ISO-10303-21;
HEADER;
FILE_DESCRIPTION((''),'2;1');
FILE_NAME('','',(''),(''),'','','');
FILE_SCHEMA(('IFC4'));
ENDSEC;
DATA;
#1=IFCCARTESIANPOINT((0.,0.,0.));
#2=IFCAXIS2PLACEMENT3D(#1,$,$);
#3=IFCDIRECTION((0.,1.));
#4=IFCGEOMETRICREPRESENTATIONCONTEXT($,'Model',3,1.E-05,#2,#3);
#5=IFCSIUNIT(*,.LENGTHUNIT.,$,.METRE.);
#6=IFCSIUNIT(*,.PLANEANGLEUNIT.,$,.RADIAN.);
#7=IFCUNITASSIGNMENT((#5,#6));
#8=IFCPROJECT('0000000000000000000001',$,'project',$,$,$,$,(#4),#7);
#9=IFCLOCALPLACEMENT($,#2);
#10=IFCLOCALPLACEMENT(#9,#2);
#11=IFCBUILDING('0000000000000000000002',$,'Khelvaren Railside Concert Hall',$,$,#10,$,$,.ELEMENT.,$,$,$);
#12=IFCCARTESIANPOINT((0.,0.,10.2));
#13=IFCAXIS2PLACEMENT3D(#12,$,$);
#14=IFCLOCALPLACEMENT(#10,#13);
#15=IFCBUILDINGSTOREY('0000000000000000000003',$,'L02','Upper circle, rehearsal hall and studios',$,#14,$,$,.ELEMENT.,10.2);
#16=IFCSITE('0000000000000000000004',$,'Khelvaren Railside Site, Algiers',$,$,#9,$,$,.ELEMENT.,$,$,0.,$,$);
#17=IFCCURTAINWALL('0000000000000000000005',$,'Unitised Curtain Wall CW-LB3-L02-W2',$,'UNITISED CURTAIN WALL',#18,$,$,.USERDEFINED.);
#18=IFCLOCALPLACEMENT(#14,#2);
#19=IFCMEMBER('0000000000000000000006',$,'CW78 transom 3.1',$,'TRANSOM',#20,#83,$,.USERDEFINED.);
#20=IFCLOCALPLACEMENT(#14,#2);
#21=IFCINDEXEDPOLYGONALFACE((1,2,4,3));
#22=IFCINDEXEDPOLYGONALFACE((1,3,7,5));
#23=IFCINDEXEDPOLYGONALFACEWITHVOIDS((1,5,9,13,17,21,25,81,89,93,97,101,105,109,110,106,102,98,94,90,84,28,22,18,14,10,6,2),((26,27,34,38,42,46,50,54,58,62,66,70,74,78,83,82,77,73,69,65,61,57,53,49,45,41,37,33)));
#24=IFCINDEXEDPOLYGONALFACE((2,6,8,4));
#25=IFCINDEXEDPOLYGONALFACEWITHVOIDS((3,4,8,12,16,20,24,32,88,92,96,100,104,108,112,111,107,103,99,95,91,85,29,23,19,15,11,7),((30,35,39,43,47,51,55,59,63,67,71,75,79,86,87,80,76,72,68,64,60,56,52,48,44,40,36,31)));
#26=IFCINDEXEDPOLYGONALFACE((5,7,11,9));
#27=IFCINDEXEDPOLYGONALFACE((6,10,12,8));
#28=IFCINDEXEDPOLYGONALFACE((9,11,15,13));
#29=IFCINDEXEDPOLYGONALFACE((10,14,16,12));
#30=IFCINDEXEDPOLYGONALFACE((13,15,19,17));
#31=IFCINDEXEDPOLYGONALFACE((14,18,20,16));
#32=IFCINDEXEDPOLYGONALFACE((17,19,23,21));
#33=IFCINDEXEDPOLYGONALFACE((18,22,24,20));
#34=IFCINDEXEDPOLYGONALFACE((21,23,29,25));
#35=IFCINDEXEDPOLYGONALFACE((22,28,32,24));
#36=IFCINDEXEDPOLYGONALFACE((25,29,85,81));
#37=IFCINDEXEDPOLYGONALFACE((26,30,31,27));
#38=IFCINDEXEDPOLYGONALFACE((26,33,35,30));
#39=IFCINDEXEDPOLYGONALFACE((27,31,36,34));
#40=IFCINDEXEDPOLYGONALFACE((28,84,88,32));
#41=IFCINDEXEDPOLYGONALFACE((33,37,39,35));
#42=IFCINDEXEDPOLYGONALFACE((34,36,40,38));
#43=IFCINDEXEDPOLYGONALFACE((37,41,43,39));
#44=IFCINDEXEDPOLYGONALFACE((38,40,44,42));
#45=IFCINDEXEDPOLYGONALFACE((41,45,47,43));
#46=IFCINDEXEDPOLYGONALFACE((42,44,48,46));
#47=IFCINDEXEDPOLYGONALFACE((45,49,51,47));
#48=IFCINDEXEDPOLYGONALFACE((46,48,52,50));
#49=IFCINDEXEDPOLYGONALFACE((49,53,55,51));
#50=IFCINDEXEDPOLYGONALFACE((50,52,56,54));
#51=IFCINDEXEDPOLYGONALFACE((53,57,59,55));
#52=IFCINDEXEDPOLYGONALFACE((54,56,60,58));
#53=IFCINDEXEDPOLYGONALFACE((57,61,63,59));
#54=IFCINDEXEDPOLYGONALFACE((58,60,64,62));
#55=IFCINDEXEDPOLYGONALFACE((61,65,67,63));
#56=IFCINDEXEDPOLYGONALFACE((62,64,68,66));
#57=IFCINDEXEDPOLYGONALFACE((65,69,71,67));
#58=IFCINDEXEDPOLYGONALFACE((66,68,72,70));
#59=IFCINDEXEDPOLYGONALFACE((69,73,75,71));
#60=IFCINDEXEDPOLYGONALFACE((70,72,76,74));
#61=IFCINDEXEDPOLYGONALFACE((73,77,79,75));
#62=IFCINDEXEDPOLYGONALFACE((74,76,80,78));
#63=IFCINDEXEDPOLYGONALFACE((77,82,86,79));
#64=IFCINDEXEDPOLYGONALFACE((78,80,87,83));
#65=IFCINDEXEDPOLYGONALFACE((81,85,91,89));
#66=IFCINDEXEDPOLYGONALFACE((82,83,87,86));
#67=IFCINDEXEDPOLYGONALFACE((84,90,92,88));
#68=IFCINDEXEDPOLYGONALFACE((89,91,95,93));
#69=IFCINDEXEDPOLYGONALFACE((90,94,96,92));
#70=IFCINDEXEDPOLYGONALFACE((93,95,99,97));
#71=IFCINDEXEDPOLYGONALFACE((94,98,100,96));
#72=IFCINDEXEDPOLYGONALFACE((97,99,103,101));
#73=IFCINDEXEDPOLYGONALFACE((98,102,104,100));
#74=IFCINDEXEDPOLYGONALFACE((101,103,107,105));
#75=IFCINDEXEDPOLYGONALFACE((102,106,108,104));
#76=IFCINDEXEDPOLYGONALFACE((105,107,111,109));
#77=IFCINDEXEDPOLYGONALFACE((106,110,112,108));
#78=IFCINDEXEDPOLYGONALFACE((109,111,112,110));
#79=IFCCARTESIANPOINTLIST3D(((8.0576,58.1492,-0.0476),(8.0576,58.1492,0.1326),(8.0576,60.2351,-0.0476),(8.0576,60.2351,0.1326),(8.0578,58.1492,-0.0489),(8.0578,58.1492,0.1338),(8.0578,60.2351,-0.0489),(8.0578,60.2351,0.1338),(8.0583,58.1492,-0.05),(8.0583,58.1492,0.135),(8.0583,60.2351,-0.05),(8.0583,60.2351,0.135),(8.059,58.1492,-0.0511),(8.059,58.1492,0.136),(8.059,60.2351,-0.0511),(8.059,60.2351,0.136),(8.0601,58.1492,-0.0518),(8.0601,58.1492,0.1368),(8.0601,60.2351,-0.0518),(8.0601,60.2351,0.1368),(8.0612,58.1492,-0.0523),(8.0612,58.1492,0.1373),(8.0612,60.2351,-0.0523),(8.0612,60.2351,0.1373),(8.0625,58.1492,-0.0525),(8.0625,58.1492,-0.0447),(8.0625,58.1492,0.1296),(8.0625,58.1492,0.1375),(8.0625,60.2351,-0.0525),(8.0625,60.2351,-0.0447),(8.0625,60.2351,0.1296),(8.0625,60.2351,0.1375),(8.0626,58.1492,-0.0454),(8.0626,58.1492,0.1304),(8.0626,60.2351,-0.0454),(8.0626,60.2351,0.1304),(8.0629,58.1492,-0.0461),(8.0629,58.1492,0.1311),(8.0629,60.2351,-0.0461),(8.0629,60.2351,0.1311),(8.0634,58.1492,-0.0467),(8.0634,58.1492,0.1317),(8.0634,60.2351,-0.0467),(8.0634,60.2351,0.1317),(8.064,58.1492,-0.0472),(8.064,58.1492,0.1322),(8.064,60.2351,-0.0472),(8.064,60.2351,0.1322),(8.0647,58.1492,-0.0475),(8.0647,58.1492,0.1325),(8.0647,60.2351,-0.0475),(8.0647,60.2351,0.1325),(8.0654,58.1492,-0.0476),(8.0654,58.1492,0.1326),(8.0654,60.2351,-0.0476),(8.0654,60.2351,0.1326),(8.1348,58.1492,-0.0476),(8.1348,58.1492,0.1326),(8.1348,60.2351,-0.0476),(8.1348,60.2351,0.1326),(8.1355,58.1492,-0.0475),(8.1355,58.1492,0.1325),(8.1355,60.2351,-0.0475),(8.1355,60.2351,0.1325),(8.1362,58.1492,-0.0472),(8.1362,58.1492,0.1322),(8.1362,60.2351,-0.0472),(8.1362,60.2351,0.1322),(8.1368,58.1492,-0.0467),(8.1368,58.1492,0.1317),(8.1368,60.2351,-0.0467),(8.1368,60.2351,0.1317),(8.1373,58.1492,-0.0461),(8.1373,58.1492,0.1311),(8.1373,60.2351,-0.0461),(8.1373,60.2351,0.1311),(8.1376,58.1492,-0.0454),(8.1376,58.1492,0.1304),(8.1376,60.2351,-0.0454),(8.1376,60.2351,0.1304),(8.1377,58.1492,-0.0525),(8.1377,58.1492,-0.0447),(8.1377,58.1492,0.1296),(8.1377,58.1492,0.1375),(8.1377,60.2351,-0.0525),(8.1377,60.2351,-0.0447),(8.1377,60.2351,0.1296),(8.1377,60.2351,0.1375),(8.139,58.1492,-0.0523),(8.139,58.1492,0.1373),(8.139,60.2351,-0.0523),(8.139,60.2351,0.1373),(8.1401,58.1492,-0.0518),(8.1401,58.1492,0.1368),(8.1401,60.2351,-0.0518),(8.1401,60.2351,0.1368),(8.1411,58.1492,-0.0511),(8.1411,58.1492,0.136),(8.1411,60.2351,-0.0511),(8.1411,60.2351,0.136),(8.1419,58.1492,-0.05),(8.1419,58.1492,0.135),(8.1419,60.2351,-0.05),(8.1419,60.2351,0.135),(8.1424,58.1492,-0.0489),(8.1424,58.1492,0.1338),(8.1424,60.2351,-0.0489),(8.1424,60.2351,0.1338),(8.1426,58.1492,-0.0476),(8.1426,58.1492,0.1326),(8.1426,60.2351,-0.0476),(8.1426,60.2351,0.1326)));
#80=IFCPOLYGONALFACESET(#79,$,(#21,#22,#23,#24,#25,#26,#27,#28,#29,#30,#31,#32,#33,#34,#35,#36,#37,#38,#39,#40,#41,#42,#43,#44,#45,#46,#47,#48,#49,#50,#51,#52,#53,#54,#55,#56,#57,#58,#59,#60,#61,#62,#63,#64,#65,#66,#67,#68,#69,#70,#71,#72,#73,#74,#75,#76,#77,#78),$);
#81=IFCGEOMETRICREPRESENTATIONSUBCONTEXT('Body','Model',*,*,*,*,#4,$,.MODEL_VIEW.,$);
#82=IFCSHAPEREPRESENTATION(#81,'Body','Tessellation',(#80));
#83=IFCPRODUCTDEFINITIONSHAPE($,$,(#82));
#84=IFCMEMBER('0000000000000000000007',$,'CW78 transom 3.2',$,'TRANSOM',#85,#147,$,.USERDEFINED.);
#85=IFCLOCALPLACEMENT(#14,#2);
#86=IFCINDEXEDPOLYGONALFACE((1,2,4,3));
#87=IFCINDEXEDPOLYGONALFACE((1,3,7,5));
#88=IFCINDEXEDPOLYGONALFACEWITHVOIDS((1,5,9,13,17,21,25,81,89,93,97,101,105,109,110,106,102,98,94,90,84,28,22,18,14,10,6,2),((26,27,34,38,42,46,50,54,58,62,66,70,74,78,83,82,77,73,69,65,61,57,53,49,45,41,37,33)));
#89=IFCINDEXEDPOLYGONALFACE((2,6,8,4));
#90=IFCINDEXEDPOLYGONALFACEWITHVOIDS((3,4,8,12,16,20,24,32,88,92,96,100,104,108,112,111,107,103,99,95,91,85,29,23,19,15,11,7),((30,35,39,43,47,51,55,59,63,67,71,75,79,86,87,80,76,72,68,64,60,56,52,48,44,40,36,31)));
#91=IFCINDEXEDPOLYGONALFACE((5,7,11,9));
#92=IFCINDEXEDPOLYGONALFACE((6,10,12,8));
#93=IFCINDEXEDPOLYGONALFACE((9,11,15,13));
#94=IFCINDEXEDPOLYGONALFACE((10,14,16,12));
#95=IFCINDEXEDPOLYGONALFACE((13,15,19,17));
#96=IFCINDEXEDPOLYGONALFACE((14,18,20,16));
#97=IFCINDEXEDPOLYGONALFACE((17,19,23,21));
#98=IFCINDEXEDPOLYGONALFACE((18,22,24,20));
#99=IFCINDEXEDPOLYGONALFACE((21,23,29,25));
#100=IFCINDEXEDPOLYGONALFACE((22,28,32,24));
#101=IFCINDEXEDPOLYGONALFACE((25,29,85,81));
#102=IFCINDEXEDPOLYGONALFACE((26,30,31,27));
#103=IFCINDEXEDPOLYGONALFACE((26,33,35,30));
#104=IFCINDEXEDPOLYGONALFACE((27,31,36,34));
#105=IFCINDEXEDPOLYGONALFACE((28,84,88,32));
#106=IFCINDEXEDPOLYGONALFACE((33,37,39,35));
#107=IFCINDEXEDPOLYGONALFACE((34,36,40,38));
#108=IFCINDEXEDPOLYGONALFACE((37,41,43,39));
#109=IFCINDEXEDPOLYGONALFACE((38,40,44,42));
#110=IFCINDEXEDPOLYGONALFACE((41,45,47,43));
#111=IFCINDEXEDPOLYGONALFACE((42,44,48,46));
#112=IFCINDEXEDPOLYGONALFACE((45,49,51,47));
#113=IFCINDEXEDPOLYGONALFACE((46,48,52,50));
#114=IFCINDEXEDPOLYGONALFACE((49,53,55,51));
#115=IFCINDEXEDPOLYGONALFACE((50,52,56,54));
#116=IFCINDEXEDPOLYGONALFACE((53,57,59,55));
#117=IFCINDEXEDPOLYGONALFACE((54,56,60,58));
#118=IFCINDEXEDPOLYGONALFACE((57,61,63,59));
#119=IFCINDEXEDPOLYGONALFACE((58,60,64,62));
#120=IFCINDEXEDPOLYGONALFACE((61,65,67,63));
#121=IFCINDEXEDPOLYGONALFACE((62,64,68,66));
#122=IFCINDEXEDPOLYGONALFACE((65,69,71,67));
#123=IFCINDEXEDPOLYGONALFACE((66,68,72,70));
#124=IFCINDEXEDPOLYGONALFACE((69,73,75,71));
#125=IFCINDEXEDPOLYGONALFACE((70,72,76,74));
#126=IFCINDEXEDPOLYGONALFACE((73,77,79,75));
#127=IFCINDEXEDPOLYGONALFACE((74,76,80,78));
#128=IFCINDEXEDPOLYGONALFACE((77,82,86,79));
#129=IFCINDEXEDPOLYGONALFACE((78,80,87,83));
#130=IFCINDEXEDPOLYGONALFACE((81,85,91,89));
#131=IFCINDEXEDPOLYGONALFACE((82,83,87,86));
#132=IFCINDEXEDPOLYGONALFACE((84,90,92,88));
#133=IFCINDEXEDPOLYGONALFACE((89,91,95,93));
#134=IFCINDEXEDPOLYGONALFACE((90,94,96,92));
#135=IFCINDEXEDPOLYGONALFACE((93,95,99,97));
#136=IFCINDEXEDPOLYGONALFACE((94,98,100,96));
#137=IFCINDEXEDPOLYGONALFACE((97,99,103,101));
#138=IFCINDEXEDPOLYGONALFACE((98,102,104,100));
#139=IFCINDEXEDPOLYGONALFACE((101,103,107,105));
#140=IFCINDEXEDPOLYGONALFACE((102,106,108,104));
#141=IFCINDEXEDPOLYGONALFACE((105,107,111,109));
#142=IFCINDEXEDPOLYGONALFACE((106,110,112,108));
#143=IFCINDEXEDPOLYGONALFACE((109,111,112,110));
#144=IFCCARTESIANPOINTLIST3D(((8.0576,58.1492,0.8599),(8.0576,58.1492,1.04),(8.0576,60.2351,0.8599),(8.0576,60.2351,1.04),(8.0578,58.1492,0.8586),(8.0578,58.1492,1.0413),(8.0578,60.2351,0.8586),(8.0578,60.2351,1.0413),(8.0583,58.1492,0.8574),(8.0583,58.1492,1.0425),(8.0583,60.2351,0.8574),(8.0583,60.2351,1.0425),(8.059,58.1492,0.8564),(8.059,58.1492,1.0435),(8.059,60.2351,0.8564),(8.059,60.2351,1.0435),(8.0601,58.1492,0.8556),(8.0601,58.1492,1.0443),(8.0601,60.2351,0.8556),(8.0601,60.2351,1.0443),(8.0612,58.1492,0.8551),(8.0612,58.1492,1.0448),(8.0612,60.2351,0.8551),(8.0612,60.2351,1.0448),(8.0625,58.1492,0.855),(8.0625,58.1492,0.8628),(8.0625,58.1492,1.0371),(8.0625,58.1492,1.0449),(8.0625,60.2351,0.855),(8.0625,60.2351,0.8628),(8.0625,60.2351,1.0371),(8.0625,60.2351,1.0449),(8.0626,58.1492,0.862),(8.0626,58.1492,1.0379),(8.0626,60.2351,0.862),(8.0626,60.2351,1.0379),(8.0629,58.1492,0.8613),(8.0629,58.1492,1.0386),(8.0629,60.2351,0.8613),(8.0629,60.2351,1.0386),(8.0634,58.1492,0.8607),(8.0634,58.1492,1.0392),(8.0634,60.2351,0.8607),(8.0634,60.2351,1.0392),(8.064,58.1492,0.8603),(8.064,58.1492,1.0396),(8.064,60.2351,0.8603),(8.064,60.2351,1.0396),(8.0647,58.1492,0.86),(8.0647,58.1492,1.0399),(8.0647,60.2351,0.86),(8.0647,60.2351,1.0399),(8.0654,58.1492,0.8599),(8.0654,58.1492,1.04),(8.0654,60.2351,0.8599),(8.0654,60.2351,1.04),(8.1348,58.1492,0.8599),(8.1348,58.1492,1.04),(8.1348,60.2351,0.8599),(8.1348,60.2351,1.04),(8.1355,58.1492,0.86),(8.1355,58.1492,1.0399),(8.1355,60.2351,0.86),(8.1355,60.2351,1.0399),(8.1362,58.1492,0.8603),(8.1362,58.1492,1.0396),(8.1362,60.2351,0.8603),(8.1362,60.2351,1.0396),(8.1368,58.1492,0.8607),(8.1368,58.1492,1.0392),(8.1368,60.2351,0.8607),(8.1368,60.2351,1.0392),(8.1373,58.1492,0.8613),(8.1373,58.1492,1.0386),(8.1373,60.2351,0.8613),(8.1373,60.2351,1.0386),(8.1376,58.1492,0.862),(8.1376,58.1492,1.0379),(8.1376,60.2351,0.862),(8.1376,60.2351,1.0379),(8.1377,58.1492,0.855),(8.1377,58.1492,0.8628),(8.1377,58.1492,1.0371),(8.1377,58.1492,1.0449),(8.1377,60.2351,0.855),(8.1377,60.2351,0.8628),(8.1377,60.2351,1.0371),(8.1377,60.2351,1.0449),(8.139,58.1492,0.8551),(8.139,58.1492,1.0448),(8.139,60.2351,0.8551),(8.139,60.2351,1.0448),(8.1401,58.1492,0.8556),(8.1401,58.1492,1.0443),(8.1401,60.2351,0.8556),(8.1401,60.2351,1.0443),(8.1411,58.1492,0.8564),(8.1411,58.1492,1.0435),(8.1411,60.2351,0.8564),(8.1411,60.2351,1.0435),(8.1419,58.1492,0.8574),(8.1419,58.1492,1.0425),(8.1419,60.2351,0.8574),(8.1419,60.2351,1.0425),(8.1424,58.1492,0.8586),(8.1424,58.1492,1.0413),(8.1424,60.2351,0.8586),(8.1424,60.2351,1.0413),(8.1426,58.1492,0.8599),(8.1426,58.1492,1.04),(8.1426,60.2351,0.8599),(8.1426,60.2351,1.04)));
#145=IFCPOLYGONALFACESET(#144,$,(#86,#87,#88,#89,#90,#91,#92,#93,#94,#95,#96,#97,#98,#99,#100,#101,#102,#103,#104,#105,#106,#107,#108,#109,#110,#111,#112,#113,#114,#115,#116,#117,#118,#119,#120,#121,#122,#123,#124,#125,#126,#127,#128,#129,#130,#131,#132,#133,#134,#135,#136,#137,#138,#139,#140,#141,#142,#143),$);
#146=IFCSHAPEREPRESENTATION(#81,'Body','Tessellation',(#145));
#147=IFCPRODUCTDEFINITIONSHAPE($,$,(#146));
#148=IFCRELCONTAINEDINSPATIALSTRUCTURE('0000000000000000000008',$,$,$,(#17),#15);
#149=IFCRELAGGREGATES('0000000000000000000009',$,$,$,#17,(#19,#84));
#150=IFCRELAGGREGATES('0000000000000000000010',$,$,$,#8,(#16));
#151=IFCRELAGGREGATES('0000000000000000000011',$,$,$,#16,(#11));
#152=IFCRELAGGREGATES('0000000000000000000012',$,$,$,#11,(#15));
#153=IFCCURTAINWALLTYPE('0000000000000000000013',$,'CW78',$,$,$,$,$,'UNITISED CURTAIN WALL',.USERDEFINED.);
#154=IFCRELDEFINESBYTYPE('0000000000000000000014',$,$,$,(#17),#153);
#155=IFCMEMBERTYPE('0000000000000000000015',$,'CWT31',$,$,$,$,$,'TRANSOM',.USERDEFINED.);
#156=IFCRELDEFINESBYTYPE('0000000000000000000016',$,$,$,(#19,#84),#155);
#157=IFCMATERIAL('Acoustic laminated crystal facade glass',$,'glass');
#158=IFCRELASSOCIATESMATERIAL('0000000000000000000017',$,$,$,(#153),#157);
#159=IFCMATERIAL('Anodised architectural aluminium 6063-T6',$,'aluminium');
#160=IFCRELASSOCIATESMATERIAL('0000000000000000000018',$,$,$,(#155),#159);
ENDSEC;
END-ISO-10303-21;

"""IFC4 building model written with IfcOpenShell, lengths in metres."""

from ifc_helpers import new_model, si_unit, direction, frame, origin, origin_2d, place, context, subcontext, project, spatial, hollow_rectangle, extrude, material, material_profile, profile_set, type_object, element, aggregate, save


model = new_model("IFC4")

# Units and contexts
model_context = context("Model", 3, precision=1e-05, world=origin(), true_north=direction((0.0, 1.0)))
body_context = subcontext(model_context, "Body", "Model", "MODEL_VIEW")
ifc_project = project(units=[si_unit("LENGTHUNIT", "METRE"), si_unit("PLANEANGLEUNIT", "RADIAN")], contexts=[model_context])

# Site, building, storey
site_placement = place(None, origin())
site = spatial("IfcSite", under=ifc_project, at=site_placement, Name="Khelvaren Railside Site, Algiers", CompositionType="ELEMENT", RefElevation=0.0)
building_placement = place(site_placement, origin())
building = spatial("IfcBuilding", under=site, at=building_placement, Name="Khelvaren Railside Concert Hall", CompositionType="ELEMENT")
storey_placement = place(building_placement, frame((0.0, 0.0, 10.2)))
storey = spatial("IfcBuildingStorey", under=building, at=storey_placement, Name="L02", Description="Upper circle, rehearsal hall and studios", CompositionType="ELEMENT", Elevation=10.2)

# Curtain wall
ifc_material_1 = material(Name="Acoustic laminated crystal facade glass", Category="glass")
curtain_wall_type = type_object("IfcCurtainWallType", Name="CW78", ElementType="UNITISED CURTAIN WALL", PredefinedType="USERDEFINED", material=ifc_material_1)
curtain_wall_1_placement = place(storey_placement, origin())
curtain_wall_1 = element("IfcCurtainWall", 1, at=curtain_wall_1_placement, inside=storey, type_object=curtain_wall_type, Name="Unitised Curtain Wall CW-LB3-L02-W2", ObjectType="UNITISED CURTAIN WALL", PredefinedType="USERDEFINED")
ifc_material_2 = material(Name="Anodised architectural aluminium 6063-T6", Category="aluminium")

# Members
ifc_material_profile_1 = material_profile(ifc_material_2, hollow_rectangle(XDim=0.085, YDim=0.1899, WallThickness=0.0049, InnerFilletRadius=0.0029, OuterFilletRadius=0.0049, at=origin_2d()), Name="CWT 85x190x5")
ifc_profile_set_1 = profile_set([ifc_material_profile_1], Name="Anodised architectural aluminium 6063-T6")
member_type_1 = type_object("IfcMemberType", Name="CWT31", ElementType="TRANSOM", PredefinedType="USERDEFINED", material=ifc_profile_set_1)
member_1_placement = place(storey_placement, frame((8.1001, 58.1492, 0.0425), z_axis=(0.0, 1.0, 0.0), x_axis=(-1.0, 0.0, 0.0)))
member_1 = element("IfcMember", 2, at=member_1_placement, type_object=member_type_1, Name="CW78 transom 3.1", ObjectType="TRANSOM", PredefinedType="USERDEFINED", context=body_context, shape_type="SweptSolid", body=[
    extrude(hollow_rectangle(XDim=0.085, YDim=0.1899, WallThickness=0.0049, InnerFilletRadius=0.0029, OuterFilletRadius=0.0049, at=origin_2d()), origin(), (0.0, 0.0, 1.0), 2.0859),
])
member_2_placement = place(storey_placement, frame((8.1001, 58.1492, 0.95), z_axis=(0.0, 1.0, 0.0), x_axis=(-1.0, 0.0, 0.0)))
member_2 = element("IfcMember", 3, at=member_2_placement, type_object=member_type_1, Name="CW78 transom 3.2", ObjectType="TRANSOM", PredefinedType="USERDEFINED", context=body_context, shape_type="SweptSolid", body=[
    extrude(hollow_rectangle(XDim=0.085, YDim=0.1899, WallThickness=0.0049, InnerFilletRadius=0.0029, OuterFilletRadius=0.0049, at=origin_2d()), origin(), (0.0, 0.0, 1.0), 2.0859),
])

aggregate(curtain_wall_1, [member_1, member_2])

save(model, "model.ifc")
